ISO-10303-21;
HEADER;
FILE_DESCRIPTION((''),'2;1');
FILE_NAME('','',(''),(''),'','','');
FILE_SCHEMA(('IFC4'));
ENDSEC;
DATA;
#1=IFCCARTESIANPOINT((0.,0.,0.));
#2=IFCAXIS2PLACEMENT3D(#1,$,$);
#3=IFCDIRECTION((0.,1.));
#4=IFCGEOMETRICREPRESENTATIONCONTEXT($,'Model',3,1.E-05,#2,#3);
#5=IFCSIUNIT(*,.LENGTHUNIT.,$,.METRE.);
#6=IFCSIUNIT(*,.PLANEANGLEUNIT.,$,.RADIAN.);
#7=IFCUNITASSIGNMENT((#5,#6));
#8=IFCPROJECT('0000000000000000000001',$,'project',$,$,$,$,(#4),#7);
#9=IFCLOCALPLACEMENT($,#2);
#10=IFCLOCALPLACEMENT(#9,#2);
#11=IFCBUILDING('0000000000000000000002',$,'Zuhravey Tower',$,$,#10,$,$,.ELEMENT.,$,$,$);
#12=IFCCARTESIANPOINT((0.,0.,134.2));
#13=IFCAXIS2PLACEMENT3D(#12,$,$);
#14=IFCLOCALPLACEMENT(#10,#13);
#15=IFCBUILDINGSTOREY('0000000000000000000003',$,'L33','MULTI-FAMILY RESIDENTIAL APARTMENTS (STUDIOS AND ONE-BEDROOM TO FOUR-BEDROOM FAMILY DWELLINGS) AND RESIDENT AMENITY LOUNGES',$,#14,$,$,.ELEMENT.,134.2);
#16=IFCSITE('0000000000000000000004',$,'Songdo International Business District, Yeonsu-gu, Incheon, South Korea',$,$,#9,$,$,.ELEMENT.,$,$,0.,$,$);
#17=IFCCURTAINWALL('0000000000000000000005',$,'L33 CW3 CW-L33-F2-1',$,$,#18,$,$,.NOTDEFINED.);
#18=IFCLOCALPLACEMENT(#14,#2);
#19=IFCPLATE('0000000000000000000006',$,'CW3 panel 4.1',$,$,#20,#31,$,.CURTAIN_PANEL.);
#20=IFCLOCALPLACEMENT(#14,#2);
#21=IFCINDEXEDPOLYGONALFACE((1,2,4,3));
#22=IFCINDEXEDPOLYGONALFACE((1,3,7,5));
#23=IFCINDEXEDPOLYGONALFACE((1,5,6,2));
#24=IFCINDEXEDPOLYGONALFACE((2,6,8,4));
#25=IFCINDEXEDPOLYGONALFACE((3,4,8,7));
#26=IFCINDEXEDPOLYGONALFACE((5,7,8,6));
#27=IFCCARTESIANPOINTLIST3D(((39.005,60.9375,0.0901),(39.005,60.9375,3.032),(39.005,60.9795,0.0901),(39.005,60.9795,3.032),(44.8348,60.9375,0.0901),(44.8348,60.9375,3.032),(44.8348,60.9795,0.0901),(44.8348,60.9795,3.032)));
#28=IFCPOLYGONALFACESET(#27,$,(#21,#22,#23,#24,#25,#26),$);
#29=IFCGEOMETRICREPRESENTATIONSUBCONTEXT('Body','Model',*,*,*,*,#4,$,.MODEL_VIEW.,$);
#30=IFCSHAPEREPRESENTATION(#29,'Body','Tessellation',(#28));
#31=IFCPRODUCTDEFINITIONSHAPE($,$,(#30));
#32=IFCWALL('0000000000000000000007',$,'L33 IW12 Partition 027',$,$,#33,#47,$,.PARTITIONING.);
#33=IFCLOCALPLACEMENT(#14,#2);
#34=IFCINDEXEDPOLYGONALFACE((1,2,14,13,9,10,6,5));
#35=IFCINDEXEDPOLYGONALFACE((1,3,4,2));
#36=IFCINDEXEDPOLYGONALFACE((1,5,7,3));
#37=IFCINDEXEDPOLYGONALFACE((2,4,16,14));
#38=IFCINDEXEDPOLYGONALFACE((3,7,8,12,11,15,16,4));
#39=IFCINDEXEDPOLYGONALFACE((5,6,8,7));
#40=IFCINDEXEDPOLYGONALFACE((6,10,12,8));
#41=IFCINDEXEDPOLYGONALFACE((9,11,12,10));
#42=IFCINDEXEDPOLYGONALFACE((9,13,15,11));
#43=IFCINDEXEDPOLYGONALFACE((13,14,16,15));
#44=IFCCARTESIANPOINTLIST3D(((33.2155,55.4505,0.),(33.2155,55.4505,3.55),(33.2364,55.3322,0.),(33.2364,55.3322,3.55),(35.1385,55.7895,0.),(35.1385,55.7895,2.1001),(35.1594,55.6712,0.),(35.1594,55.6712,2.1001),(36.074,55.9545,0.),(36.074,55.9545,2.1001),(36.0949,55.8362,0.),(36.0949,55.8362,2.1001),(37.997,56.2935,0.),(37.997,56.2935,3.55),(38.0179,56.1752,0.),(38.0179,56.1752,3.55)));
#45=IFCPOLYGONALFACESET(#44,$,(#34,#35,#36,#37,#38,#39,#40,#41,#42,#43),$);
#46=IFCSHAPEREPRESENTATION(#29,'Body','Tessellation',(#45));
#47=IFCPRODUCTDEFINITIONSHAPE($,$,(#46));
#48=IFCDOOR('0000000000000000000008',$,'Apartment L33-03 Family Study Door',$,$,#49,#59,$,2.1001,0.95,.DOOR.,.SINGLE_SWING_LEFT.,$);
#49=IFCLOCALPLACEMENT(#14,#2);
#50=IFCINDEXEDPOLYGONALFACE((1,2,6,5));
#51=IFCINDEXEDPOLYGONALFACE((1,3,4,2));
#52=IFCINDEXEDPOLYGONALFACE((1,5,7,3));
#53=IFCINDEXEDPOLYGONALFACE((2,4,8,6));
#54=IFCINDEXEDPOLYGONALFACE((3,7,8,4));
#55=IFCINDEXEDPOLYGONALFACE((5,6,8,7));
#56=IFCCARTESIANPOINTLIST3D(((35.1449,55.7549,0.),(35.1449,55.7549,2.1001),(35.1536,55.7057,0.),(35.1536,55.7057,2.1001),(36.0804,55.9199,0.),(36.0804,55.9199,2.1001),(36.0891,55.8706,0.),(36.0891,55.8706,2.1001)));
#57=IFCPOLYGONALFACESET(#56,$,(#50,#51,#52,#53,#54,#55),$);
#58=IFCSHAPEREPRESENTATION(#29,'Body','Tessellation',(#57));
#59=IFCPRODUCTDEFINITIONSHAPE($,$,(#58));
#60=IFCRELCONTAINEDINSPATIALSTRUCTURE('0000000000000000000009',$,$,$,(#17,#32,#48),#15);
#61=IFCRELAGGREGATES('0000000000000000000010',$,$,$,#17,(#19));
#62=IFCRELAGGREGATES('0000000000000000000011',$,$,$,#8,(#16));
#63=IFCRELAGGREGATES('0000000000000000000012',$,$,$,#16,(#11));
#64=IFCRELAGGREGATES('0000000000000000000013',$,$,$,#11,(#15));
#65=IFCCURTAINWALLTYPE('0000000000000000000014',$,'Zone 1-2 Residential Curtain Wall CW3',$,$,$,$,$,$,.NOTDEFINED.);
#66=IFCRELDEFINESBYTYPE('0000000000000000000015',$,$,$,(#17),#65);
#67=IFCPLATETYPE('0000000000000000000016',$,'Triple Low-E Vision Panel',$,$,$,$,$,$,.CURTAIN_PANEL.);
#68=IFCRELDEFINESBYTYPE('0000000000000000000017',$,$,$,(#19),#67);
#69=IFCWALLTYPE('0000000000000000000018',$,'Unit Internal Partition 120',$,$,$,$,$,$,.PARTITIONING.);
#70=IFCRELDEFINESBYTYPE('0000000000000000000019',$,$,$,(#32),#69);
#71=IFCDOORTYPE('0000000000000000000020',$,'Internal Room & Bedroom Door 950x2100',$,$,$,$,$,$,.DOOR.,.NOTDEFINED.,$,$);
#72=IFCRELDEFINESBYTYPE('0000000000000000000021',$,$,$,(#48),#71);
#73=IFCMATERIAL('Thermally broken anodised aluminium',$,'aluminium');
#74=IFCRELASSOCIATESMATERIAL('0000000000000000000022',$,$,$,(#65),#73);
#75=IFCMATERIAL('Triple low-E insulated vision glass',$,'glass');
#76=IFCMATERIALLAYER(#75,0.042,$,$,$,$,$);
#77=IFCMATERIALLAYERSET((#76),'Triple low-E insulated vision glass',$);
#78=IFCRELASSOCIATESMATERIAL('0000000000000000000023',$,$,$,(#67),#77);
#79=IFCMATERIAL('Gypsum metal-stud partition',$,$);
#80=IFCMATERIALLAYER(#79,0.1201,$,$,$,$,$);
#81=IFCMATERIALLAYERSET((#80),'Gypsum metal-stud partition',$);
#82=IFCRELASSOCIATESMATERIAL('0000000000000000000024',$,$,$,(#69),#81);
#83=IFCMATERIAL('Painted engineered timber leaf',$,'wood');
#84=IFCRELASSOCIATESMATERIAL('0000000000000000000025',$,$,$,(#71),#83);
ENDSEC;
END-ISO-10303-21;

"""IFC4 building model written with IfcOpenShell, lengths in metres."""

from ifc_helpers import new_model, si_unit, direction, frame, frame_2d, origin, origin_2d, place, context, subcontext, project, spatial, rectangle, extrude, material, layer, layer_set, type_object, element, fill, aggregate, save


model = new_model("IFC4")

# Units and contexts
model_context = context("Model", 3, precision=1e-05, world=origin(), true_north=direction((0.0, 1.0)))
body_context = subcontext(model_context, "Body", "Model", "MODEL_VIEW")
ifc_project = project(units=[si_unit("LENGTHUNIT", "METRE"), si_unit("PLANEANGLEUNIT", "RADIAN")], contexts=[model_context])

# Site, building, storey
site_placement = place(None, origin())
site = spatial("IfcSite", under=ifc_project, at=site_placement, Name="Songdo International Business District, Yeonsu-gu, Incheon, South Korea", CompositionType="ELEMENT", RefElevation=0.0)
building_placement = place(site_placement, origin())
building = spatial("IfcBuilding", under=site, at=building_placement, Name="Zuhravey Tower", CompositionType="ELEMENT")
storey_placement = place(building_placement, frame((0.0, 0.0, 134.2)))
storey = spatial("IfcBuildingStorey", under=building, at=storey_placement, Name="L33", Description="MULTI-FAMILY RESIDENTIAL APARTMENTS (STUDIOS AND ONE-BEDROOM TO FOUR-BEDROOM FAMILY DWELLINGS) AND RESIDENT AMENITY LOUNGES", CompositionType="ELEMENT", Elevation=134.2)

# Curtain wall
ifc_material_1 = material(Name="Thermally broken anodised aluminium", Category="aluminium")
curtain_wall_type = type_object("IfcCurtainWallType", Name="Zone 1-2 Residential Curtain Wall CW3", PredefinedType="NOTDEFINED", material=ifc_material_1)
curtain_wall_placement = place(storey_placement, origin())
curtain_wall = element("IfcCurtainWall", 1, at=curtain_wall_placement, inside=storey, type_object=curtain_wall_type, Name="L33 CW3 CW-L33-F2-1", PredefinedType="NOTDEFINED")

# Plate
ifc_material_2 = material(Name="Triple low-E insulated vision glass", Category="glass")
ifc_layer_1 = layer(ifc_material_2, 0.042)
ifc_layer_set_1 = layer_set([ifc_layer_1], Name="Triple low-E insulated vision glass")
plate_type = type_object("IfcPlateType", Name="Triple Low-E Vision Panel", PredefinedType="CURTAIN_PANEL", material=ifc_layer_set_1)
plate_1_placement = place(storey_placement, frame((41.9199, 60.9585, 0.0901), z_axis=(0.0, 0.0, 1.0), x_axis=(1.0, 0.0, 0.0)))
plate_1 = element("IfcPlate", 2, at=plate_1_placement, type_object=plate_type, Name="CW3 panel 4.1", PredefinedType="CURTAIN_PANEL", context=body_context, shape_type="SweptSolid", body=[
    extrude(rectangle(XDim=5.8298, YDim=0.042, at=origin_2d()), origin(), (0.0, 0.0, 1.0), 2.9419),
])
aggregate(curtain_wall, [plate_1])

# Wall, opening, door
ifc_material_3 = material(Name="Gypsum metal-stud partition")
ifc_layer_2 = layer(ifc_material_3, 0.1201)
ifc_layer_set_2 = layer_set([ifc_layer_2], Name="Gypsum metal-stud partition")
wall_type = type_object("IfcWallType", Name="Unit Internal Partition 120", PredefinedType="PARTITIONING", material=ifc_layer_set_2)
wall_placement = place(storey_placement, frame((38.0076, 56.2344, 0.0), z_axis=(0.0, 0.0, 1.0), x_axis=(-0.984811, -0.17363, 0.0)))
wall = element("IfcWall", 3, at=wall_placement, inside=storey, type_object=wall_type, Name="L33 IW12 Partition 027", PredefinedType="PARTITIONING", context=body_context, shape_type="SweptSolid", body=[
    extrude(rectangle(XDim=4.8552, YDim=0.1201, at=frame_2d((2.4277, 0.0))), origin(), (0.0, 0.0, 1.0), 3.55),
])
opening_placement = place(wall_placement, frame((1.9526, 0.0, 0.0)))
opening = element("IfcOpeningElement", 4, at=opening_placement, cuts=wall, PredefinedType="OPENING", context=body_context, shape_type="SweptSolid", body=[
    extrude(rectangle(XDim=0.95, YDim=2.1001, at=frame_2d((0.4751, 1.05))), frame((0.0, 0.072, 0.0), z_axis=(0.0, -1.0, 0.0), x_axis=(1.0, 0.0, 0.0)), (0.0, 0.0, 1.0), 0.144),
])
ifc_material_4 = material(Name="Painted engineered timber leaf", Category="wood")
door_type = type_object("IfcDoorType", Name="Internal Room & Bedroom Door 950x2100", OperationType="NOTDEFINED", PredefinedType="DOOR", material=ifc_material_4)
door_placement = place(opening_placement, frame((0.95, 0.0, 0.0), z_axis=(0.0, 0.0, 1.0), x_axis=(-1.0, 0.0, 0.0)))
door = element("IfcDoor", 5, at=door_placement, inside=storey, type_object=door_type, Name="Apartment L33-03 Family Study Door", OperationType="SINGLE_SWING_LEFT", OverallHeight=2.1001, OverallWidth=0.95, PredefinedType="DOOR", context=body_context, shape_type="SweptSolid", body=[
    extrude(rectangle(XDim=0.95, YDim=2.1001, at=frame_2d((0.4751, 1.05))), frame((0.0, 0.0249, 0.0), z_axis=(0.0, -1.0, 0.0), x_axis=(1.0, 0.0, 0.0)), (0.0, 0.0, 1.0), 0.05),
])
fill(opening, door)

save(model, "model.ifc")
